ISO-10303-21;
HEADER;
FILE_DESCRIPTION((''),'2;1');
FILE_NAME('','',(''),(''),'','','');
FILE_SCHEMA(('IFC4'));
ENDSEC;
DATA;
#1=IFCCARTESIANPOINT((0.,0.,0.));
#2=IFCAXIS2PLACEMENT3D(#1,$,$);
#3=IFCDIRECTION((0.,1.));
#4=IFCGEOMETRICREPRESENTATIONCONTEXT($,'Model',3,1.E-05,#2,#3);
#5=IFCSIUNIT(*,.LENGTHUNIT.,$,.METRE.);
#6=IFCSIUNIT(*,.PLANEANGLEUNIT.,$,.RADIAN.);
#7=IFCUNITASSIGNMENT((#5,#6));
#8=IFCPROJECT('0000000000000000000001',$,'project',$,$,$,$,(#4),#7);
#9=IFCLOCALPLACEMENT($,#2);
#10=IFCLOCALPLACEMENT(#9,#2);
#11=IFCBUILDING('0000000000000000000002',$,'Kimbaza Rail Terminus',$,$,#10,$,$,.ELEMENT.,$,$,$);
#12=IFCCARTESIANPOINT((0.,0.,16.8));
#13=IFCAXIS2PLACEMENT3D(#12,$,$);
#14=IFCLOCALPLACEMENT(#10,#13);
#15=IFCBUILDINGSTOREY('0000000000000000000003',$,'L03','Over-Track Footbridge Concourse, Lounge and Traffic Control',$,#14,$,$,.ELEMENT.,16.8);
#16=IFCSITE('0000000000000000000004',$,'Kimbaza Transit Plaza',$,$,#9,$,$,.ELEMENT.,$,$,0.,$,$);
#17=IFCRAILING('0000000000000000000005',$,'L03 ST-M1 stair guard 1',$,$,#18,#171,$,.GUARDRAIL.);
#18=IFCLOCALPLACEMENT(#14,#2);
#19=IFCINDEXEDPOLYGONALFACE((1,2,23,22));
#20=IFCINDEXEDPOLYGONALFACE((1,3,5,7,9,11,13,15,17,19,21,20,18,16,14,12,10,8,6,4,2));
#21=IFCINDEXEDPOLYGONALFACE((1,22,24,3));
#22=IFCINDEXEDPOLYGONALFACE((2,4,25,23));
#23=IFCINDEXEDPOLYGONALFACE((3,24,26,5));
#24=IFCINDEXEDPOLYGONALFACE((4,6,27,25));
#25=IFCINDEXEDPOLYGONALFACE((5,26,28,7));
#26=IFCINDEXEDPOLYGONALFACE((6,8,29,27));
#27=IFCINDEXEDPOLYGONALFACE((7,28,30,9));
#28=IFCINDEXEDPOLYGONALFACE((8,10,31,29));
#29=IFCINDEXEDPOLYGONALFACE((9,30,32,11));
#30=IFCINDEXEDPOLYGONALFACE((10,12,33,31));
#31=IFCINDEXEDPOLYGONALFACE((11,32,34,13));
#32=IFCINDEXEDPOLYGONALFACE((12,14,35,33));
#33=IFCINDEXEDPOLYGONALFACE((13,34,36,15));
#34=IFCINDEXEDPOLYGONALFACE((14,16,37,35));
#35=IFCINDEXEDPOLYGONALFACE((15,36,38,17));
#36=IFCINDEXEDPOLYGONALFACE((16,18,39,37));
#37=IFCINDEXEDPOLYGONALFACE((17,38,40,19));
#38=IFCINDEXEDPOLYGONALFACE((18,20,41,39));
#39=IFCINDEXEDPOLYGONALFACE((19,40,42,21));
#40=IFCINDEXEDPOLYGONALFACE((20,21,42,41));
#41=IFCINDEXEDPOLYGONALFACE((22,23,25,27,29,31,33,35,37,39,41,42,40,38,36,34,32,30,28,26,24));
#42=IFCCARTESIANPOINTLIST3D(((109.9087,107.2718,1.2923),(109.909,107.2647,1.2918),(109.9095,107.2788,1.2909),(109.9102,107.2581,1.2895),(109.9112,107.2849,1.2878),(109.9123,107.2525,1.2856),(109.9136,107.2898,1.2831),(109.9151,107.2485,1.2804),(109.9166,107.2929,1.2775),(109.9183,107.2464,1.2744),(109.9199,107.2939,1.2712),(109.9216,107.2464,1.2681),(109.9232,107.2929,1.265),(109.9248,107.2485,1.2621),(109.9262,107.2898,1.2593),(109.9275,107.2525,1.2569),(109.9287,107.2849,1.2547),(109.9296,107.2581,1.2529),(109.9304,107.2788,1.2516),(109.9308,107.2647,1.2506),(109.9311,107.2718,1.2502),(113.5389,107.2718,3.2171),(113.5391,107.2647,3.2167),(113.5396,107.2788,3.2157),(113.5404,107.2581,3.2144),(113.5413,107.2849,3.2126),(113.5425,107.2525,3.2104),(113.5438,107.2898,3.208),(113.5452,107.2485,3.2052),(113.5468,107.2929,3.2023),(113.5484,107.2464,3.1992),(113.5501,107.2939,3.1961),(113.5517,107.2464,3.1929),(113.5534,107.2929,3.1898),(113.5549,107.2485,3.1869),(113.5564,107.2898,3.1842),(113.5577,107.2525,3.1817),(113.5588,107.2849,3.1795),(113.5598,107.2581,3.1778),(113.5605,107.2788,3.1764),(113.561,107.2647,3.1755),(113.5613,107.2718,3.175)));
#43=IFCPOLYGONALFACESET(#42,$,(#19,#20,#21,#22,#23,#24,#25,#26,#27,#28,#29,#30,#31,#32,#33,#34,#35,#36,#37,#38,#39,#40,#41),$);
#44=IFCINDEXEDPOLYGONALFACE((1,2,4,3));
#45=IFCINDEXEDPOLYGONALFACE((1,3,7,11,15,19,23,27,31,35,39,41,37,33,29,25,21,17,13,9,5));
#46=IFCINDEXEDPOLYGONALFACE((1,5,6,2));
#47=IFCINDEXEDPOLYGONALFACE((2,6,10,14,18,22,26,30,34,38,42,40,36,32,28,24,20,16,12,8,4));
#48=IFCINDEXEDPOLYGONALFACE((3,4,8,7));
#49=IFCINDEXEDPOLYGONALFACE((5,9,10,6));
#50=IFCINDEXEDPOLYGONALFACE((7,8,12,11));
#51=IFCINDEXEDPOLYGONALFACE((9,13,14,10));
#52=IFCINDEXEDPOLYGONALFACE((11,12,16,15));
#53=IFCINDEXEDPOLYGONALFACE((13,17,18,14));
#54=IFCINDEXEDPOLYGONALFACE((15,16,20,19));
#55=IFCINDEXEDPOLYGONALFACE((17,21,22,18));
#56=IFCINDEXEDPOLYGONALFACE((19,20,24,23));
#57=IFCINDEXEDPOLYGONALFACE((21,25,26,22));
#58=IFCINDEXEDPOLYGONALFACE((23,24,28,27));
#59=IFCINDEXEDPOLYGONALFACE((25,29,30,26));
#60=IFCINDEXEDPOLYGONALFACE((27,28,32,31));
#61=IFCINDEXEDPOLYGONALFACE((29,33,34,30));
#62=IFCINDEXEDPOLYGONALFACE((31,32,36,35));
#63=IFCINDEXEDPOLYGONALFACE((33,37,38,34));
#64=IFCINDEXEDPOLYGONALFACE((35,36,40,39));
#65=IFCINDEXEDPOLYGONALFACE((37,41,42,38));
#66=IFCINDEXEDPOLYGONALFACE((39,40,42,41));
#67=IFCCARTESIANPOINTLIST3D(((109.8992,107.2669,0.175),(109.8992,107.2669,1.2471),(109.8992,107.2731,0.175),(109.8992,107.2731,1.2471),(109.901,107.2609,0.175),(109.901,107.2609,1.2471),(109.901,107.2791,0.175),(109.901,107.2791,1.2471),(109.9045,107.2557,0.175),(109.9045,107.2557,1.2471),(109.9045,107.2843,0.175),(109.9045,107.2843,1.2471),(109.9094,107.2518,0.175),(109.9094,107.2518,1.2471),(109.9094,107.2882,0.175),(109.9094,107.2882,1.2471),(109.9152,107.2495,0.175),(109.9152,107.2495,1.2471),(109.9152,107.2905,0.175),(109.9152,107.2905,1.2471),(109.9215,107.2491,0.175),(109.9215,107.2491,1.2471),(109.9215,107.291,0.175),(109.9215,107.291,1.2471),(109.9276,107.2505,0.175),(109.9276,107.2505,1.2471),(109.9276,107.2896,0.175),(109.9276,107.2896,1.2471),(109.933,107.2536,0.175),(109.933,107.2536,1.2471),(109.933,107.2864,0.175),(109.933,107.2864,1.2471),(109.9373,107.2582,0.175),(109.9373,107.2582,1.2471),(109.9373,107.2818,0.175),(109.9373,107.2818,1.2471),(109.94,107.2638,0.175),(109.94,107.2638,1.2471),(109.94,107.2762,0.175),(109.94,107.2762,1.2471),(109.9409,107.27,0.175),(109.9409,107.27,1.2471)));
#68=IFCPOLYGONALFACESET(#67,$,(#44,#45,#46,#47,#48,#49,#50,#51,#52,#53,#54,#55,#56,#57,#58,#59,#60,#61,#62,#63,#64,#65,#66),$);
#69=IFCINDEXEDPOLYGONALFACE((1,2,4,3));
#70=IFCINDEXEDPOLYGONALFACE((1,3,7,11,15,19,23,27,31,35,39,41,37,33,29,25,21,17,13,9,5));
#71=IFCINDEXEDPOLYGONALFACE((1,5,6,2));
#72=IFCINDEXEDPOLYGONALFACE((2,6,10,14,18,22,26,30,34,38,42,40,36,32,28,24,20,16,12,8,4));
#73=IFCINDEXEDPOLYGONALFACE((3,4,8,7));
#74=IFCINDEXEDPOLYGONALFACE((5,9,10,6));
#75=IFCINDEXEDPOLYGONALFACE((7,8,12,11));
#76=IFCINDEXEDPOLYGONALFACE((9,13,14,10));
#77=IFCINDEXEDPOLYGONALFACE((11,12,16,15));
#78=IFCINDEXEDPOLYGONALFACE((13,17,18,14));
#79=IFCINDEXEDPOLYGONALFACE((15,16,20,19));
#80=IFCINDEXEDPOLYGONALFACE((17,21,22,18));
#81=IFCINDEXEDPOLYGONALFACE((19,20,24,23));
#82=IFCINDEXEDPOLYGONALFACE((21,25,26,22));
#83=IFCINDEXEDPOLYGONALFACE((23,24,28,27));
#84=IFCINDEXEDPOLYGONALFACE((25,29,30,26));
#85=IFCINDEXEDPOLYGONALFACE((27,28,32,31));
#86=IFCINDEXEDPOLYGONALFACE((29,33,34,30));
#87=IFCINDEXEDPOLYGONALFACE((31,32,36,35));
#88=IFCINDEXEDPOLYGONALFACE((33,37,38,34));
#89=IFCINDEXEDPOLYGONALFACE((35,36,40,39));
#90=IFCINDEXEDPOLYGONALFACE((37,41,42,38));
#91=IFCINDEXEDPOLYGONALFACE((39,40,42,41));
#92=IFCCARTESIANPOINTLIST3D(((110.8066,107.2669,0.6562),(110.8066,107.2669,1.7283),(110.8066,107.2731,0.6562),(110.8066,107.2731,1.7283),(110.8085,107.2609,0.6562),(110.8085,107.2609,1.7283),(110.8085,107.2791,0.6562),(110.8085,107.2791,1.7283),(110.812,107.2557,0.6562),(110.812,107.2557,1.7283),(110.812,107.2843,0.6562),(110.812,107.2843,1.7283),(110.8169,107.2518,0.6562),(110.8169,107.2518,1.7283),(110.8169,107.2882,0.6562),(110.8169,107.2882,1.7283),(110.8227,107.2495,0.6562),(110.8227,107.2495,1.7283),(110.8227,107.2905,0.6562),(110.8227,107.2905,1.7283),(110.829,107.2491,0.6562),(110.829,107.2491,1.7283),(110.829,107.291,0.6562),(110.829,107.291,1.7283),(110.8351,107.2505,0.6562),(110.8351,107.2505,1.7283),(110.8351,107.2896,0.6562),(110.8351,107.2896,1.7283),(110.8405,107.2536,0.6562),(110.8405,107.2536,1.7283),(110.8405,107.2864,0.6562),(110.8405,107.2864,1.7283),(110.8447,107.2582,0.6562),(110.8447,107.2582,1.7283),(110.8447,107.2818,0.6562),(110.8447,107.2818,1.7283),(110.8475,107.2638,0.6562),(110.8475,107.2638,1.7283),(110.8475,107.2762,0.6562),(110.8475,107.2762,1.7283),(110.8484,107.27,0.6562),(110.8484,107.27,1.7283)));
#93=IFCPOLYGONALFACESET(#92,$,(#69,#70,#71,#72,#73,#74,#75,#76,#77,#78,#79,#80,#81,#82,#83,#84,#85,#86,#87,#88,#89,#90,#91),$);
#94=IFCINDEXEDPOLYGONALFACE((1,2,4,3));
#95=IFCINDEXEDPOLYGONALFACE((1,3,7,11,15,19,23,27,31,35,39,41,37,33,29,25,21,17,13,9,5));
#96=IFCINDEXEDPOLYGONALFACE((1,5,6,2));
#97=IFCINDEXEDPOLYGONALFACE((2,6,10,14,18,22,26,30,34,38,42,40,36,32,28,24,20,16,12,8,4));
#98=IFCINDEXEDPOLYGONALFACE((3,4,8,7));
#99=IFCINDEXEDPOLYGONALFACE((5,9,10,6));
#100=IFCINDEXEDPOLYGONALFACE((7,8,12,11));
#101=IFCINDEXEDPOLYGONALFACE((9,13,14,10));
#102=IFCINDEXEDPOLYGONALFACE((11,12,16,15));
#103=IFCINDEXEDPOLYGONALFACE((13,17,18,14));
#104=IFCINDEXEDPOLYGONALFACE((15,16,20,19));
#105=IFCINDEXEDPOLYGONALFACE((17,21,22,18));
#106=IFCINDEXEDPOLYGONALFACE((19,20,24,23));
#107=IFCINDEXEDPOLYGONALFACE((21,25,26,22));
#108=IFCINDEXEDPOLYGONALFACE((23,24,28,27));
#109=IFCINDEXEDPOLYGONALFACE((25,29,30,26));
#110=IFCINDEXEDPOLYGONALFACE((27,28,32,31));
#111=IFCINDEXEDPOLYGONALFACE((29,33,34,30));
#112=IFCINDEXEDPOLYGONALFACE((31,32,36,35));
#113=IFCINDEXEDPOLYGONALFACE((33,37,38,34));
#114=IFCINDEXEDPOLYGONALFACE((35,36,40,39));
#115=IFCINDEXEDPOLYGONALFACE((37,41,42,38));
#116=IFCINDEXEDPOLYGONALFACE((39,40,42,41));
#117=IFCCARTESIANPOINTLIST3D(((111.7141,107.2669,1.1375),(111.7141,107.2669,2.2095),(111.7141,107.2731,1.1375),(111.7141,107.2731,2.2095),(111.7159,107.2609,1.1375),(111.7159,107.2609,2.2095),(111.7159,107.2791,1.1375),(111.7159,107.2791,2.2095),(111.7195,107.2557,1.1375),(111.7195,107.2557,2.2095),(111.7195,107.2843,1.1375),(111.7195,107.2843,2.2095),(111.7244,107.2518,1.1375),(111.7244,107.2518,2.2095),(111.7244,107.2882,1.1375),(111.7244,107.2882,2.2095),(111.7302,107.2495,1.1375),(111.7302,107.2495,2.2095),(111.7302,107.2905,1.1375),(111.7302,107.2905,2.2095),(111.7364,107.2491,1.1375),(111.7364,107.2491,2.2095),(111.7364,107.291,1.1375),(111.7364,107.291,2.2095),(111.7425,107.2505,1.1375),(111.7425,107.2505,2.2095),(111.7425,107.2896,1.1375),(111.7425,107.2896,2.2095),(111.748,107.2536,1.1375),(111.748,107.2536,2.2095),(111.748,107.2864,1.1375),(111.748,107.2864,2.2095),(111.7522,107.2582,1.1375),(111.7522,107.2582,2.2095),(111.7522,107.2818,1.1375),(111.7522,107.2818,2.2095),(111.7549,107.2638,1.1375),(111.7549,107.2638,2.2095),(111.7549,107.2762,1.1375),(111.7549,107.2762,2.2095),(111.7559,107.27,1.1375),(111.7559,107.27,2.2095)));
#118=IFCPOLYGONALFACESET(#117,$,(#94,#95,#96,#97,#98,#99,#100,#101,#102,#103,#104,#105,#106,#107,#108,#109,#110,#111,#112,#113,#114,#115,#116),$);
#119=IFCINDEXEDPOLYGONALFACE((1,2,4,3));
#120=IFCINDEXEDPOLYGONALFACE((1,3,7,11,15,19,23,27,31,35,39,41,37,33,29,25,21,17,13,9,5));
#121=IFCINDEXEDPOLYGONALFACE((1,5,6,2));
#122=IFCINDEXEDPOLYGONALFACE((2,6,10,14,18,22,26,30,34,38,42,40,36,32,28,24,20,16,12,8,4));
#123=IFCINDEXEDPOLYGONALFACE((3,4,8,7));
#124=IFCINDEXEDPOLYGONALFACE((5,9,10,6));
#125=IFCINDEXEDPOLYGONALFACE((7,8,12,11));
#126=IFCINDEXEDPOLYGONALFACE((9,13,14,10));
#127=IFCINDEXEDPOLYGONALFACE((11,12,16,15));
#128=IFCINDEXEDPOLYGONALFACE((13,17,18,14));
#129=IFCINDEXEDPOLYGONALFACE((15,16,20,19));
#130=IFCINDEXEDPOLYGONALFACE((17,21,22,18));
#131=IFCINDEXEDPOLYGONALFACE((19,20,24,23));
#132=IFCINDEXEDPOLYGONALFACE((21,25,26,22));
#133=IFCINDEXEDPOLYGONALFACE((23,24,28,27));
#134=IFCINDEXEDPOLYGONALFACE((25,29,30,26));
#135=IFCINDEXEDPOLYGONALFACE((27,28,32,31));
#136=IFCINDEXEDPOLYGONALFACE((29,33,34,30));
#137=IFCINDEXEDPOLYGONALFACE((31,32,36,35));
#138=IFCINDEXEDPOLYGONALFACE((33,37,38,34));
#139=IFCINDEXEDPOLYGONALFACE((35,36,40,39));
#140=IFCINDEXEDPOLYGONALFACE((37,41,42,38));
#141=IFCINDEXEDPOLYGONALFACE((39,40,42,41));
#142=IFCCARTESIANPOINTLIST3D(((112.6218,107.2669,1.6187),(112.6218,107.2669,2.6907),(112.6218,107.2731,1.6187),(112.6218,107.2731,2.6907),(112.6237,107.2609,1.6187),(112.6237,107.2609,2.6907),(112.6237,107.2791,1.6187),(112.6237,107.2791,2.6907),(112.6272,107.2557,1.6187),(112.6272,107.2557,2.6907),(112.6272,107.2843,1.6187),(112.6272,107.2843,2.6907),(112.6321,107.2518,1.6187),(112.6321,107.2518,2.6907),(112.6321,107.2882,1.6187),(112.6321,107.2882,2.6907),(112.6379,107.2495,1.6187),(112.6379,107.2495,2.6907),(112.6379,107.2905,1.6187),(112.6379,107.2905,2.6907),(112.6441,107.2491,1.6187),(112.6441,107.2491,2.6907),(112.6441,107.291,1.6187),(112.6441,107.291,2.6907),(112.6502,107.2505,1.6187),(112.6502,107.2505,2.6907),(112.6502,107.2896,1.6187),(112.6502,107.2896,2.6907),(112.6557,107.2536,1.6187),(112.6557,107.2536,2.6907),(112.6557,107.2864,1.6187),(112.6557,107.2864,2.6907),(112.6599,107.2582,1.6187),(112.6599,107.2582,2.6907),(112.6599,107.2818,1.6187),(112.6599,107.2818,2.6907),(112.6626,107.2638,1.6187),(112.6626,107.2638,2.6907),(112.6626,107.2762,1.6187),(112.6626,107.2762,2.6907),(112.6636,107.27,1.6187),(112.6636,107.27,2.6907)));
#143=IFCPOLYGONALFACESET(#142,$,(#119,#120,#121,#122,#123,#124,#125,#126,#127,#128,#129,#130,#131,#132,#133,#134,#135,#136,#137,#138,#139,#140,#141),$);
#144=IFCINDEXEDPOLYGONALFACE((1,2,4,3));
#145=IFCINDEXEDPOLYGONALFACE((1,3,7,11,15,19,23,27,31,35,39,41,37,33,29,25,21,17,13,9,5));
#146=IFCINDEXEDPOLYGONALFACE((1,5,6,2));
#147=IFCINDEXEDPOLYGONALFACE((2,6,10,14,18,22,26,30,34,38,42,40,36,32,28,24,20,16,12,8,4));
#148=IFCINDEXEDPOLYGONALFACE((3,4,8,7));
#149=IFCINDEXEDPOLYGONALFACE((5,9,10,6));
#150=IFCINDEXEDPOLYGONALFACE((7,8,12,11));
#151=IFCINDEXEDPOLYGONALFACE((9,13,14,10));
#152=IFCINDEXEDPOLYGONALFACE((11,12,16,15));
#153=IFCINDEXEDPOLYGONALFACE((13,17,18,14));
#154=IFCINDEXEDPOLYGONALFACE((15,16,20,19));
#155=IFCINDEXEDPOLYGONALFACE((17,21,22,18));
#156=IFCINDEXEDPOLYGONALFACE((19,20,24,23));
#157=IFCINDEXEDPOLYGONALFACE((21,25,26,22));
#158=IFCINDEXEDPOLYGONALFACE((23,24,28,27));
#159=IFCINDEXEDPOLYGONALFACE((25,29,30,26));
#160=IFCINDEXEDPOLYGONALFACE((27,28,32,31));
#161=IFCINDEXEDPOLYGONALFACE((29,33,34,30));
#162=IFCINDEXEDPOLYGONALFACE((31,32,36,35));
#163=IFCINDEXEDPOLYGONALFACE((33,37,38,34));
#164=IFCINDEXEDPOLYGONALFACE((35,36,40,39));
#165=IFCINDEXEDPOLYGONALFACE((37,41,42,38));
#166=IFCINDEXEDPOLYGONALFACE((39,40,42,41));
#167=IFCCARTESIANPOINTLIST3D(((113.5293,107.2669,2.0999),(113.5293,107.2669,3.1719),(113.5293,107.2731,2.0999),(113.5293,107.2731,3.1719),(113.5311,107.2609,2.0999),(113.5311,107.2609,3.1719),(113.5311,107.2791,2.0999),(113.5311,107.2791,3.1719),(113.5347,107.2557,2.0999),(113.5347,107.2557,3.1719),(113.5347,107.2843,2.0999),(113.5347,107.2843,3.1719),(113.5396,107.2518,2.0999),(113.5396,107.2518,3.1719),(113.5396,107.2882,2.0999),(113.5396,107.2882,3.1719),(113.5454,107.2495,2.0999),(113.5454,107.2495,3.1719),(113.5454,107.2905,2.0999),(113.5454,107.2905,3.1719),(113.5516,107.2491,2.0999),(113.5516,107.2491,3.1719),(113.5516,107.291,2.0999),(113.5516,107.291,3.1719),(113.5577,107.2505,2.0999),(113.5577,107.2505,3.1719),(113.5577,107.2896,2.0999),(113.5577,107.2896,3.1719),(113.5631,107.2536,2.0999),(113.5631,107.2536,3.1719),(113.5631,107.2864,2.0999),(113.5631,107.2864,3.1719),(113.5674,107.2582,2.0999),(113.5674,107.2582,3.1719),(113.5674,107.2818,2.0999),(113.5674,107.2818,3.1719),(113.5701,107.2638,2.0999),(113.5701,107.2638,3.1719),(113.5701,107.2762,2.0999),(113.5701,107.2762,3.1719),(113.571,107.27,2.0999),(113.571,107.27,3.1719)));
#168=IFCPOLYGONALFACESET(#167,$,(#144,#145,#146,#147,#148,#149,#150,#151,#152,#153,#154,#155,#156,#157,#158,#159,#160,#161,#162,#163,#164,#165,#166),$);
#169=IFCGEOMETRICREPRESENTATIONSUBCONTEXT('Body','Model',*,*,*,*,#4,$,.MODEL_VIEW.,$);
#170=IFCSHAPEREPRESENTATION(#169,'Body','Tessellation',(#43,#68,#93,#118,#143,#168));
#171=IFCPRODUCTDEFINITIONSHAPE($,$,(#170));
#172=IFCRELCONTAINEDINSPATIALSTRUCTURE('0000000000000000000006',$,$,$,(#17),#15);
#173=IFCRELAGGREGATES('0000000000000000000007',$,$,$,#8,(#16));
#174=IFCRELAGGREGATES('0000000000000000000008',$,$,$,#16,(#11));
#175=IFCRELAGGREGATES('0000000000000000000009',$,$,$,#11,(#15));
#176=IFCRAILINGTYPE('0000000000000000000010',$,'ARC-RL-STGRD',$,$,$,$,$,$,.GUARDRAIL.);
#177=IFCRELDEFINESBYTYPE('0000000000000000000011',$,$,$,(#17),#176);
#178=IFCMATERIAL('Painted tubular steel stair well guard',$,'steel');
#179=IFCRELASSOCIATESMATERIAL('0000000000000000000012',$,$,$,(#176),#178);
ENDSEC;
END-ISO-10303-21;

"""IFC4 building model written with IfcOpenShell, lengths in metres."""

from ifc_helpers import new_model, si_unit, direction, frame, origin, origin_2d, place, context, subcontext, project, spatial, circle, extrude, material, type_object, element, save


model = new_model("IFC4")

# Units and contexts
model_context = context("Model", 3, precision=1e-05, world=origin(), true_north=direction((0.0, 1.0)))
body_context = subcontext(model_context, "Body", "Model", "MODEL_VIEW")
ifc_project = project(units=[si_unit("LENGTHUNIT", "METRE"), si_unit("PLANEANGLEUNIT", "RADIAN")], contexts=[model_context])

# Site, building, storey
site_placement = place(None, origin())
site = spatial("IfcSite", under=ifc_project, at=site_placement, Name="Kimbaza Transit Plaza", CompositionType="ELEMENT", RefElevation=0.0)
building_placement = place(site_placement, origin())
building = spatial("IfcBuilding", under=site, at=building_placement, Name="Kimbaza Rail Terminus", CompositionType="ELEMENT")
storey_placement = place(building_placement, frame((0.0, 0.0, 16.8)))
storey = spatial("IfcBuildingStorey", under=building, at=storey_placement, Name="L03", Description="Over-Track Footbridge Concourse, Lounge and Traffic Control", CompositionType="ELEMENT", Elevation=16.8)

# Railing
ifc_material_1 = material(Name="Painted tubular steel stair well guard", Category="steel")
railing_type_1 = type_object("IfcRailingType", Name="ARC-RL-STGRD", PredefinedType="GUARDRAIL", material=ifc_material_1)
railing_1_placement = place(storey_placement, frame((109.9199, 107.27, 0.175)))
element("IfcRailing", 1, at=railing_1_placement, inside=storey, type_object=railing_type_1, Name="L03 ST-M1 stair guard 1", PredefinedType="GUARDRAIL", context=body_context, shape_type="SweptSolid", body=[
    extrude(circle(Radius=0.0239, at=origin_2d()), frame((0.0, 0.0, 1.0962), z_axis=(0.883489, 0.0, 0.468453), x_axis=(0.0, 1.0, 0.0)), (0.0, 0.0, 1.0), 4.1089),
    extrude(circle(Radius=0.021, at=origin_2d()), origin(), (0.0, 0.0, 1.0), 1.072),
    extrude(circle(Radius=0.021, at=origin_2d()), frame((0.9075, 0.0, 0.4812)), (0.0, 0.0, 1.0), 1.072),
    extrude(circle(Radius=0.021, at=origin_2d()), frame((1.8149, 0.0, 0.9624)), (0.0, 0.0, 1.0), 1.072),
    extrude(circle(Radius=0.021, at=origin_2d()), frame((2.7227, 0.0, 1.4436)), (0.0, 0.0, 1.0), 1.072),
    extrude(circle(Radius=0.021, at=origin_2d()), frame((3.6301, 0.0, 1.9248)), (0.0, 0.0, 1.0), 1.072),
])

save(model, "model.ifc")
